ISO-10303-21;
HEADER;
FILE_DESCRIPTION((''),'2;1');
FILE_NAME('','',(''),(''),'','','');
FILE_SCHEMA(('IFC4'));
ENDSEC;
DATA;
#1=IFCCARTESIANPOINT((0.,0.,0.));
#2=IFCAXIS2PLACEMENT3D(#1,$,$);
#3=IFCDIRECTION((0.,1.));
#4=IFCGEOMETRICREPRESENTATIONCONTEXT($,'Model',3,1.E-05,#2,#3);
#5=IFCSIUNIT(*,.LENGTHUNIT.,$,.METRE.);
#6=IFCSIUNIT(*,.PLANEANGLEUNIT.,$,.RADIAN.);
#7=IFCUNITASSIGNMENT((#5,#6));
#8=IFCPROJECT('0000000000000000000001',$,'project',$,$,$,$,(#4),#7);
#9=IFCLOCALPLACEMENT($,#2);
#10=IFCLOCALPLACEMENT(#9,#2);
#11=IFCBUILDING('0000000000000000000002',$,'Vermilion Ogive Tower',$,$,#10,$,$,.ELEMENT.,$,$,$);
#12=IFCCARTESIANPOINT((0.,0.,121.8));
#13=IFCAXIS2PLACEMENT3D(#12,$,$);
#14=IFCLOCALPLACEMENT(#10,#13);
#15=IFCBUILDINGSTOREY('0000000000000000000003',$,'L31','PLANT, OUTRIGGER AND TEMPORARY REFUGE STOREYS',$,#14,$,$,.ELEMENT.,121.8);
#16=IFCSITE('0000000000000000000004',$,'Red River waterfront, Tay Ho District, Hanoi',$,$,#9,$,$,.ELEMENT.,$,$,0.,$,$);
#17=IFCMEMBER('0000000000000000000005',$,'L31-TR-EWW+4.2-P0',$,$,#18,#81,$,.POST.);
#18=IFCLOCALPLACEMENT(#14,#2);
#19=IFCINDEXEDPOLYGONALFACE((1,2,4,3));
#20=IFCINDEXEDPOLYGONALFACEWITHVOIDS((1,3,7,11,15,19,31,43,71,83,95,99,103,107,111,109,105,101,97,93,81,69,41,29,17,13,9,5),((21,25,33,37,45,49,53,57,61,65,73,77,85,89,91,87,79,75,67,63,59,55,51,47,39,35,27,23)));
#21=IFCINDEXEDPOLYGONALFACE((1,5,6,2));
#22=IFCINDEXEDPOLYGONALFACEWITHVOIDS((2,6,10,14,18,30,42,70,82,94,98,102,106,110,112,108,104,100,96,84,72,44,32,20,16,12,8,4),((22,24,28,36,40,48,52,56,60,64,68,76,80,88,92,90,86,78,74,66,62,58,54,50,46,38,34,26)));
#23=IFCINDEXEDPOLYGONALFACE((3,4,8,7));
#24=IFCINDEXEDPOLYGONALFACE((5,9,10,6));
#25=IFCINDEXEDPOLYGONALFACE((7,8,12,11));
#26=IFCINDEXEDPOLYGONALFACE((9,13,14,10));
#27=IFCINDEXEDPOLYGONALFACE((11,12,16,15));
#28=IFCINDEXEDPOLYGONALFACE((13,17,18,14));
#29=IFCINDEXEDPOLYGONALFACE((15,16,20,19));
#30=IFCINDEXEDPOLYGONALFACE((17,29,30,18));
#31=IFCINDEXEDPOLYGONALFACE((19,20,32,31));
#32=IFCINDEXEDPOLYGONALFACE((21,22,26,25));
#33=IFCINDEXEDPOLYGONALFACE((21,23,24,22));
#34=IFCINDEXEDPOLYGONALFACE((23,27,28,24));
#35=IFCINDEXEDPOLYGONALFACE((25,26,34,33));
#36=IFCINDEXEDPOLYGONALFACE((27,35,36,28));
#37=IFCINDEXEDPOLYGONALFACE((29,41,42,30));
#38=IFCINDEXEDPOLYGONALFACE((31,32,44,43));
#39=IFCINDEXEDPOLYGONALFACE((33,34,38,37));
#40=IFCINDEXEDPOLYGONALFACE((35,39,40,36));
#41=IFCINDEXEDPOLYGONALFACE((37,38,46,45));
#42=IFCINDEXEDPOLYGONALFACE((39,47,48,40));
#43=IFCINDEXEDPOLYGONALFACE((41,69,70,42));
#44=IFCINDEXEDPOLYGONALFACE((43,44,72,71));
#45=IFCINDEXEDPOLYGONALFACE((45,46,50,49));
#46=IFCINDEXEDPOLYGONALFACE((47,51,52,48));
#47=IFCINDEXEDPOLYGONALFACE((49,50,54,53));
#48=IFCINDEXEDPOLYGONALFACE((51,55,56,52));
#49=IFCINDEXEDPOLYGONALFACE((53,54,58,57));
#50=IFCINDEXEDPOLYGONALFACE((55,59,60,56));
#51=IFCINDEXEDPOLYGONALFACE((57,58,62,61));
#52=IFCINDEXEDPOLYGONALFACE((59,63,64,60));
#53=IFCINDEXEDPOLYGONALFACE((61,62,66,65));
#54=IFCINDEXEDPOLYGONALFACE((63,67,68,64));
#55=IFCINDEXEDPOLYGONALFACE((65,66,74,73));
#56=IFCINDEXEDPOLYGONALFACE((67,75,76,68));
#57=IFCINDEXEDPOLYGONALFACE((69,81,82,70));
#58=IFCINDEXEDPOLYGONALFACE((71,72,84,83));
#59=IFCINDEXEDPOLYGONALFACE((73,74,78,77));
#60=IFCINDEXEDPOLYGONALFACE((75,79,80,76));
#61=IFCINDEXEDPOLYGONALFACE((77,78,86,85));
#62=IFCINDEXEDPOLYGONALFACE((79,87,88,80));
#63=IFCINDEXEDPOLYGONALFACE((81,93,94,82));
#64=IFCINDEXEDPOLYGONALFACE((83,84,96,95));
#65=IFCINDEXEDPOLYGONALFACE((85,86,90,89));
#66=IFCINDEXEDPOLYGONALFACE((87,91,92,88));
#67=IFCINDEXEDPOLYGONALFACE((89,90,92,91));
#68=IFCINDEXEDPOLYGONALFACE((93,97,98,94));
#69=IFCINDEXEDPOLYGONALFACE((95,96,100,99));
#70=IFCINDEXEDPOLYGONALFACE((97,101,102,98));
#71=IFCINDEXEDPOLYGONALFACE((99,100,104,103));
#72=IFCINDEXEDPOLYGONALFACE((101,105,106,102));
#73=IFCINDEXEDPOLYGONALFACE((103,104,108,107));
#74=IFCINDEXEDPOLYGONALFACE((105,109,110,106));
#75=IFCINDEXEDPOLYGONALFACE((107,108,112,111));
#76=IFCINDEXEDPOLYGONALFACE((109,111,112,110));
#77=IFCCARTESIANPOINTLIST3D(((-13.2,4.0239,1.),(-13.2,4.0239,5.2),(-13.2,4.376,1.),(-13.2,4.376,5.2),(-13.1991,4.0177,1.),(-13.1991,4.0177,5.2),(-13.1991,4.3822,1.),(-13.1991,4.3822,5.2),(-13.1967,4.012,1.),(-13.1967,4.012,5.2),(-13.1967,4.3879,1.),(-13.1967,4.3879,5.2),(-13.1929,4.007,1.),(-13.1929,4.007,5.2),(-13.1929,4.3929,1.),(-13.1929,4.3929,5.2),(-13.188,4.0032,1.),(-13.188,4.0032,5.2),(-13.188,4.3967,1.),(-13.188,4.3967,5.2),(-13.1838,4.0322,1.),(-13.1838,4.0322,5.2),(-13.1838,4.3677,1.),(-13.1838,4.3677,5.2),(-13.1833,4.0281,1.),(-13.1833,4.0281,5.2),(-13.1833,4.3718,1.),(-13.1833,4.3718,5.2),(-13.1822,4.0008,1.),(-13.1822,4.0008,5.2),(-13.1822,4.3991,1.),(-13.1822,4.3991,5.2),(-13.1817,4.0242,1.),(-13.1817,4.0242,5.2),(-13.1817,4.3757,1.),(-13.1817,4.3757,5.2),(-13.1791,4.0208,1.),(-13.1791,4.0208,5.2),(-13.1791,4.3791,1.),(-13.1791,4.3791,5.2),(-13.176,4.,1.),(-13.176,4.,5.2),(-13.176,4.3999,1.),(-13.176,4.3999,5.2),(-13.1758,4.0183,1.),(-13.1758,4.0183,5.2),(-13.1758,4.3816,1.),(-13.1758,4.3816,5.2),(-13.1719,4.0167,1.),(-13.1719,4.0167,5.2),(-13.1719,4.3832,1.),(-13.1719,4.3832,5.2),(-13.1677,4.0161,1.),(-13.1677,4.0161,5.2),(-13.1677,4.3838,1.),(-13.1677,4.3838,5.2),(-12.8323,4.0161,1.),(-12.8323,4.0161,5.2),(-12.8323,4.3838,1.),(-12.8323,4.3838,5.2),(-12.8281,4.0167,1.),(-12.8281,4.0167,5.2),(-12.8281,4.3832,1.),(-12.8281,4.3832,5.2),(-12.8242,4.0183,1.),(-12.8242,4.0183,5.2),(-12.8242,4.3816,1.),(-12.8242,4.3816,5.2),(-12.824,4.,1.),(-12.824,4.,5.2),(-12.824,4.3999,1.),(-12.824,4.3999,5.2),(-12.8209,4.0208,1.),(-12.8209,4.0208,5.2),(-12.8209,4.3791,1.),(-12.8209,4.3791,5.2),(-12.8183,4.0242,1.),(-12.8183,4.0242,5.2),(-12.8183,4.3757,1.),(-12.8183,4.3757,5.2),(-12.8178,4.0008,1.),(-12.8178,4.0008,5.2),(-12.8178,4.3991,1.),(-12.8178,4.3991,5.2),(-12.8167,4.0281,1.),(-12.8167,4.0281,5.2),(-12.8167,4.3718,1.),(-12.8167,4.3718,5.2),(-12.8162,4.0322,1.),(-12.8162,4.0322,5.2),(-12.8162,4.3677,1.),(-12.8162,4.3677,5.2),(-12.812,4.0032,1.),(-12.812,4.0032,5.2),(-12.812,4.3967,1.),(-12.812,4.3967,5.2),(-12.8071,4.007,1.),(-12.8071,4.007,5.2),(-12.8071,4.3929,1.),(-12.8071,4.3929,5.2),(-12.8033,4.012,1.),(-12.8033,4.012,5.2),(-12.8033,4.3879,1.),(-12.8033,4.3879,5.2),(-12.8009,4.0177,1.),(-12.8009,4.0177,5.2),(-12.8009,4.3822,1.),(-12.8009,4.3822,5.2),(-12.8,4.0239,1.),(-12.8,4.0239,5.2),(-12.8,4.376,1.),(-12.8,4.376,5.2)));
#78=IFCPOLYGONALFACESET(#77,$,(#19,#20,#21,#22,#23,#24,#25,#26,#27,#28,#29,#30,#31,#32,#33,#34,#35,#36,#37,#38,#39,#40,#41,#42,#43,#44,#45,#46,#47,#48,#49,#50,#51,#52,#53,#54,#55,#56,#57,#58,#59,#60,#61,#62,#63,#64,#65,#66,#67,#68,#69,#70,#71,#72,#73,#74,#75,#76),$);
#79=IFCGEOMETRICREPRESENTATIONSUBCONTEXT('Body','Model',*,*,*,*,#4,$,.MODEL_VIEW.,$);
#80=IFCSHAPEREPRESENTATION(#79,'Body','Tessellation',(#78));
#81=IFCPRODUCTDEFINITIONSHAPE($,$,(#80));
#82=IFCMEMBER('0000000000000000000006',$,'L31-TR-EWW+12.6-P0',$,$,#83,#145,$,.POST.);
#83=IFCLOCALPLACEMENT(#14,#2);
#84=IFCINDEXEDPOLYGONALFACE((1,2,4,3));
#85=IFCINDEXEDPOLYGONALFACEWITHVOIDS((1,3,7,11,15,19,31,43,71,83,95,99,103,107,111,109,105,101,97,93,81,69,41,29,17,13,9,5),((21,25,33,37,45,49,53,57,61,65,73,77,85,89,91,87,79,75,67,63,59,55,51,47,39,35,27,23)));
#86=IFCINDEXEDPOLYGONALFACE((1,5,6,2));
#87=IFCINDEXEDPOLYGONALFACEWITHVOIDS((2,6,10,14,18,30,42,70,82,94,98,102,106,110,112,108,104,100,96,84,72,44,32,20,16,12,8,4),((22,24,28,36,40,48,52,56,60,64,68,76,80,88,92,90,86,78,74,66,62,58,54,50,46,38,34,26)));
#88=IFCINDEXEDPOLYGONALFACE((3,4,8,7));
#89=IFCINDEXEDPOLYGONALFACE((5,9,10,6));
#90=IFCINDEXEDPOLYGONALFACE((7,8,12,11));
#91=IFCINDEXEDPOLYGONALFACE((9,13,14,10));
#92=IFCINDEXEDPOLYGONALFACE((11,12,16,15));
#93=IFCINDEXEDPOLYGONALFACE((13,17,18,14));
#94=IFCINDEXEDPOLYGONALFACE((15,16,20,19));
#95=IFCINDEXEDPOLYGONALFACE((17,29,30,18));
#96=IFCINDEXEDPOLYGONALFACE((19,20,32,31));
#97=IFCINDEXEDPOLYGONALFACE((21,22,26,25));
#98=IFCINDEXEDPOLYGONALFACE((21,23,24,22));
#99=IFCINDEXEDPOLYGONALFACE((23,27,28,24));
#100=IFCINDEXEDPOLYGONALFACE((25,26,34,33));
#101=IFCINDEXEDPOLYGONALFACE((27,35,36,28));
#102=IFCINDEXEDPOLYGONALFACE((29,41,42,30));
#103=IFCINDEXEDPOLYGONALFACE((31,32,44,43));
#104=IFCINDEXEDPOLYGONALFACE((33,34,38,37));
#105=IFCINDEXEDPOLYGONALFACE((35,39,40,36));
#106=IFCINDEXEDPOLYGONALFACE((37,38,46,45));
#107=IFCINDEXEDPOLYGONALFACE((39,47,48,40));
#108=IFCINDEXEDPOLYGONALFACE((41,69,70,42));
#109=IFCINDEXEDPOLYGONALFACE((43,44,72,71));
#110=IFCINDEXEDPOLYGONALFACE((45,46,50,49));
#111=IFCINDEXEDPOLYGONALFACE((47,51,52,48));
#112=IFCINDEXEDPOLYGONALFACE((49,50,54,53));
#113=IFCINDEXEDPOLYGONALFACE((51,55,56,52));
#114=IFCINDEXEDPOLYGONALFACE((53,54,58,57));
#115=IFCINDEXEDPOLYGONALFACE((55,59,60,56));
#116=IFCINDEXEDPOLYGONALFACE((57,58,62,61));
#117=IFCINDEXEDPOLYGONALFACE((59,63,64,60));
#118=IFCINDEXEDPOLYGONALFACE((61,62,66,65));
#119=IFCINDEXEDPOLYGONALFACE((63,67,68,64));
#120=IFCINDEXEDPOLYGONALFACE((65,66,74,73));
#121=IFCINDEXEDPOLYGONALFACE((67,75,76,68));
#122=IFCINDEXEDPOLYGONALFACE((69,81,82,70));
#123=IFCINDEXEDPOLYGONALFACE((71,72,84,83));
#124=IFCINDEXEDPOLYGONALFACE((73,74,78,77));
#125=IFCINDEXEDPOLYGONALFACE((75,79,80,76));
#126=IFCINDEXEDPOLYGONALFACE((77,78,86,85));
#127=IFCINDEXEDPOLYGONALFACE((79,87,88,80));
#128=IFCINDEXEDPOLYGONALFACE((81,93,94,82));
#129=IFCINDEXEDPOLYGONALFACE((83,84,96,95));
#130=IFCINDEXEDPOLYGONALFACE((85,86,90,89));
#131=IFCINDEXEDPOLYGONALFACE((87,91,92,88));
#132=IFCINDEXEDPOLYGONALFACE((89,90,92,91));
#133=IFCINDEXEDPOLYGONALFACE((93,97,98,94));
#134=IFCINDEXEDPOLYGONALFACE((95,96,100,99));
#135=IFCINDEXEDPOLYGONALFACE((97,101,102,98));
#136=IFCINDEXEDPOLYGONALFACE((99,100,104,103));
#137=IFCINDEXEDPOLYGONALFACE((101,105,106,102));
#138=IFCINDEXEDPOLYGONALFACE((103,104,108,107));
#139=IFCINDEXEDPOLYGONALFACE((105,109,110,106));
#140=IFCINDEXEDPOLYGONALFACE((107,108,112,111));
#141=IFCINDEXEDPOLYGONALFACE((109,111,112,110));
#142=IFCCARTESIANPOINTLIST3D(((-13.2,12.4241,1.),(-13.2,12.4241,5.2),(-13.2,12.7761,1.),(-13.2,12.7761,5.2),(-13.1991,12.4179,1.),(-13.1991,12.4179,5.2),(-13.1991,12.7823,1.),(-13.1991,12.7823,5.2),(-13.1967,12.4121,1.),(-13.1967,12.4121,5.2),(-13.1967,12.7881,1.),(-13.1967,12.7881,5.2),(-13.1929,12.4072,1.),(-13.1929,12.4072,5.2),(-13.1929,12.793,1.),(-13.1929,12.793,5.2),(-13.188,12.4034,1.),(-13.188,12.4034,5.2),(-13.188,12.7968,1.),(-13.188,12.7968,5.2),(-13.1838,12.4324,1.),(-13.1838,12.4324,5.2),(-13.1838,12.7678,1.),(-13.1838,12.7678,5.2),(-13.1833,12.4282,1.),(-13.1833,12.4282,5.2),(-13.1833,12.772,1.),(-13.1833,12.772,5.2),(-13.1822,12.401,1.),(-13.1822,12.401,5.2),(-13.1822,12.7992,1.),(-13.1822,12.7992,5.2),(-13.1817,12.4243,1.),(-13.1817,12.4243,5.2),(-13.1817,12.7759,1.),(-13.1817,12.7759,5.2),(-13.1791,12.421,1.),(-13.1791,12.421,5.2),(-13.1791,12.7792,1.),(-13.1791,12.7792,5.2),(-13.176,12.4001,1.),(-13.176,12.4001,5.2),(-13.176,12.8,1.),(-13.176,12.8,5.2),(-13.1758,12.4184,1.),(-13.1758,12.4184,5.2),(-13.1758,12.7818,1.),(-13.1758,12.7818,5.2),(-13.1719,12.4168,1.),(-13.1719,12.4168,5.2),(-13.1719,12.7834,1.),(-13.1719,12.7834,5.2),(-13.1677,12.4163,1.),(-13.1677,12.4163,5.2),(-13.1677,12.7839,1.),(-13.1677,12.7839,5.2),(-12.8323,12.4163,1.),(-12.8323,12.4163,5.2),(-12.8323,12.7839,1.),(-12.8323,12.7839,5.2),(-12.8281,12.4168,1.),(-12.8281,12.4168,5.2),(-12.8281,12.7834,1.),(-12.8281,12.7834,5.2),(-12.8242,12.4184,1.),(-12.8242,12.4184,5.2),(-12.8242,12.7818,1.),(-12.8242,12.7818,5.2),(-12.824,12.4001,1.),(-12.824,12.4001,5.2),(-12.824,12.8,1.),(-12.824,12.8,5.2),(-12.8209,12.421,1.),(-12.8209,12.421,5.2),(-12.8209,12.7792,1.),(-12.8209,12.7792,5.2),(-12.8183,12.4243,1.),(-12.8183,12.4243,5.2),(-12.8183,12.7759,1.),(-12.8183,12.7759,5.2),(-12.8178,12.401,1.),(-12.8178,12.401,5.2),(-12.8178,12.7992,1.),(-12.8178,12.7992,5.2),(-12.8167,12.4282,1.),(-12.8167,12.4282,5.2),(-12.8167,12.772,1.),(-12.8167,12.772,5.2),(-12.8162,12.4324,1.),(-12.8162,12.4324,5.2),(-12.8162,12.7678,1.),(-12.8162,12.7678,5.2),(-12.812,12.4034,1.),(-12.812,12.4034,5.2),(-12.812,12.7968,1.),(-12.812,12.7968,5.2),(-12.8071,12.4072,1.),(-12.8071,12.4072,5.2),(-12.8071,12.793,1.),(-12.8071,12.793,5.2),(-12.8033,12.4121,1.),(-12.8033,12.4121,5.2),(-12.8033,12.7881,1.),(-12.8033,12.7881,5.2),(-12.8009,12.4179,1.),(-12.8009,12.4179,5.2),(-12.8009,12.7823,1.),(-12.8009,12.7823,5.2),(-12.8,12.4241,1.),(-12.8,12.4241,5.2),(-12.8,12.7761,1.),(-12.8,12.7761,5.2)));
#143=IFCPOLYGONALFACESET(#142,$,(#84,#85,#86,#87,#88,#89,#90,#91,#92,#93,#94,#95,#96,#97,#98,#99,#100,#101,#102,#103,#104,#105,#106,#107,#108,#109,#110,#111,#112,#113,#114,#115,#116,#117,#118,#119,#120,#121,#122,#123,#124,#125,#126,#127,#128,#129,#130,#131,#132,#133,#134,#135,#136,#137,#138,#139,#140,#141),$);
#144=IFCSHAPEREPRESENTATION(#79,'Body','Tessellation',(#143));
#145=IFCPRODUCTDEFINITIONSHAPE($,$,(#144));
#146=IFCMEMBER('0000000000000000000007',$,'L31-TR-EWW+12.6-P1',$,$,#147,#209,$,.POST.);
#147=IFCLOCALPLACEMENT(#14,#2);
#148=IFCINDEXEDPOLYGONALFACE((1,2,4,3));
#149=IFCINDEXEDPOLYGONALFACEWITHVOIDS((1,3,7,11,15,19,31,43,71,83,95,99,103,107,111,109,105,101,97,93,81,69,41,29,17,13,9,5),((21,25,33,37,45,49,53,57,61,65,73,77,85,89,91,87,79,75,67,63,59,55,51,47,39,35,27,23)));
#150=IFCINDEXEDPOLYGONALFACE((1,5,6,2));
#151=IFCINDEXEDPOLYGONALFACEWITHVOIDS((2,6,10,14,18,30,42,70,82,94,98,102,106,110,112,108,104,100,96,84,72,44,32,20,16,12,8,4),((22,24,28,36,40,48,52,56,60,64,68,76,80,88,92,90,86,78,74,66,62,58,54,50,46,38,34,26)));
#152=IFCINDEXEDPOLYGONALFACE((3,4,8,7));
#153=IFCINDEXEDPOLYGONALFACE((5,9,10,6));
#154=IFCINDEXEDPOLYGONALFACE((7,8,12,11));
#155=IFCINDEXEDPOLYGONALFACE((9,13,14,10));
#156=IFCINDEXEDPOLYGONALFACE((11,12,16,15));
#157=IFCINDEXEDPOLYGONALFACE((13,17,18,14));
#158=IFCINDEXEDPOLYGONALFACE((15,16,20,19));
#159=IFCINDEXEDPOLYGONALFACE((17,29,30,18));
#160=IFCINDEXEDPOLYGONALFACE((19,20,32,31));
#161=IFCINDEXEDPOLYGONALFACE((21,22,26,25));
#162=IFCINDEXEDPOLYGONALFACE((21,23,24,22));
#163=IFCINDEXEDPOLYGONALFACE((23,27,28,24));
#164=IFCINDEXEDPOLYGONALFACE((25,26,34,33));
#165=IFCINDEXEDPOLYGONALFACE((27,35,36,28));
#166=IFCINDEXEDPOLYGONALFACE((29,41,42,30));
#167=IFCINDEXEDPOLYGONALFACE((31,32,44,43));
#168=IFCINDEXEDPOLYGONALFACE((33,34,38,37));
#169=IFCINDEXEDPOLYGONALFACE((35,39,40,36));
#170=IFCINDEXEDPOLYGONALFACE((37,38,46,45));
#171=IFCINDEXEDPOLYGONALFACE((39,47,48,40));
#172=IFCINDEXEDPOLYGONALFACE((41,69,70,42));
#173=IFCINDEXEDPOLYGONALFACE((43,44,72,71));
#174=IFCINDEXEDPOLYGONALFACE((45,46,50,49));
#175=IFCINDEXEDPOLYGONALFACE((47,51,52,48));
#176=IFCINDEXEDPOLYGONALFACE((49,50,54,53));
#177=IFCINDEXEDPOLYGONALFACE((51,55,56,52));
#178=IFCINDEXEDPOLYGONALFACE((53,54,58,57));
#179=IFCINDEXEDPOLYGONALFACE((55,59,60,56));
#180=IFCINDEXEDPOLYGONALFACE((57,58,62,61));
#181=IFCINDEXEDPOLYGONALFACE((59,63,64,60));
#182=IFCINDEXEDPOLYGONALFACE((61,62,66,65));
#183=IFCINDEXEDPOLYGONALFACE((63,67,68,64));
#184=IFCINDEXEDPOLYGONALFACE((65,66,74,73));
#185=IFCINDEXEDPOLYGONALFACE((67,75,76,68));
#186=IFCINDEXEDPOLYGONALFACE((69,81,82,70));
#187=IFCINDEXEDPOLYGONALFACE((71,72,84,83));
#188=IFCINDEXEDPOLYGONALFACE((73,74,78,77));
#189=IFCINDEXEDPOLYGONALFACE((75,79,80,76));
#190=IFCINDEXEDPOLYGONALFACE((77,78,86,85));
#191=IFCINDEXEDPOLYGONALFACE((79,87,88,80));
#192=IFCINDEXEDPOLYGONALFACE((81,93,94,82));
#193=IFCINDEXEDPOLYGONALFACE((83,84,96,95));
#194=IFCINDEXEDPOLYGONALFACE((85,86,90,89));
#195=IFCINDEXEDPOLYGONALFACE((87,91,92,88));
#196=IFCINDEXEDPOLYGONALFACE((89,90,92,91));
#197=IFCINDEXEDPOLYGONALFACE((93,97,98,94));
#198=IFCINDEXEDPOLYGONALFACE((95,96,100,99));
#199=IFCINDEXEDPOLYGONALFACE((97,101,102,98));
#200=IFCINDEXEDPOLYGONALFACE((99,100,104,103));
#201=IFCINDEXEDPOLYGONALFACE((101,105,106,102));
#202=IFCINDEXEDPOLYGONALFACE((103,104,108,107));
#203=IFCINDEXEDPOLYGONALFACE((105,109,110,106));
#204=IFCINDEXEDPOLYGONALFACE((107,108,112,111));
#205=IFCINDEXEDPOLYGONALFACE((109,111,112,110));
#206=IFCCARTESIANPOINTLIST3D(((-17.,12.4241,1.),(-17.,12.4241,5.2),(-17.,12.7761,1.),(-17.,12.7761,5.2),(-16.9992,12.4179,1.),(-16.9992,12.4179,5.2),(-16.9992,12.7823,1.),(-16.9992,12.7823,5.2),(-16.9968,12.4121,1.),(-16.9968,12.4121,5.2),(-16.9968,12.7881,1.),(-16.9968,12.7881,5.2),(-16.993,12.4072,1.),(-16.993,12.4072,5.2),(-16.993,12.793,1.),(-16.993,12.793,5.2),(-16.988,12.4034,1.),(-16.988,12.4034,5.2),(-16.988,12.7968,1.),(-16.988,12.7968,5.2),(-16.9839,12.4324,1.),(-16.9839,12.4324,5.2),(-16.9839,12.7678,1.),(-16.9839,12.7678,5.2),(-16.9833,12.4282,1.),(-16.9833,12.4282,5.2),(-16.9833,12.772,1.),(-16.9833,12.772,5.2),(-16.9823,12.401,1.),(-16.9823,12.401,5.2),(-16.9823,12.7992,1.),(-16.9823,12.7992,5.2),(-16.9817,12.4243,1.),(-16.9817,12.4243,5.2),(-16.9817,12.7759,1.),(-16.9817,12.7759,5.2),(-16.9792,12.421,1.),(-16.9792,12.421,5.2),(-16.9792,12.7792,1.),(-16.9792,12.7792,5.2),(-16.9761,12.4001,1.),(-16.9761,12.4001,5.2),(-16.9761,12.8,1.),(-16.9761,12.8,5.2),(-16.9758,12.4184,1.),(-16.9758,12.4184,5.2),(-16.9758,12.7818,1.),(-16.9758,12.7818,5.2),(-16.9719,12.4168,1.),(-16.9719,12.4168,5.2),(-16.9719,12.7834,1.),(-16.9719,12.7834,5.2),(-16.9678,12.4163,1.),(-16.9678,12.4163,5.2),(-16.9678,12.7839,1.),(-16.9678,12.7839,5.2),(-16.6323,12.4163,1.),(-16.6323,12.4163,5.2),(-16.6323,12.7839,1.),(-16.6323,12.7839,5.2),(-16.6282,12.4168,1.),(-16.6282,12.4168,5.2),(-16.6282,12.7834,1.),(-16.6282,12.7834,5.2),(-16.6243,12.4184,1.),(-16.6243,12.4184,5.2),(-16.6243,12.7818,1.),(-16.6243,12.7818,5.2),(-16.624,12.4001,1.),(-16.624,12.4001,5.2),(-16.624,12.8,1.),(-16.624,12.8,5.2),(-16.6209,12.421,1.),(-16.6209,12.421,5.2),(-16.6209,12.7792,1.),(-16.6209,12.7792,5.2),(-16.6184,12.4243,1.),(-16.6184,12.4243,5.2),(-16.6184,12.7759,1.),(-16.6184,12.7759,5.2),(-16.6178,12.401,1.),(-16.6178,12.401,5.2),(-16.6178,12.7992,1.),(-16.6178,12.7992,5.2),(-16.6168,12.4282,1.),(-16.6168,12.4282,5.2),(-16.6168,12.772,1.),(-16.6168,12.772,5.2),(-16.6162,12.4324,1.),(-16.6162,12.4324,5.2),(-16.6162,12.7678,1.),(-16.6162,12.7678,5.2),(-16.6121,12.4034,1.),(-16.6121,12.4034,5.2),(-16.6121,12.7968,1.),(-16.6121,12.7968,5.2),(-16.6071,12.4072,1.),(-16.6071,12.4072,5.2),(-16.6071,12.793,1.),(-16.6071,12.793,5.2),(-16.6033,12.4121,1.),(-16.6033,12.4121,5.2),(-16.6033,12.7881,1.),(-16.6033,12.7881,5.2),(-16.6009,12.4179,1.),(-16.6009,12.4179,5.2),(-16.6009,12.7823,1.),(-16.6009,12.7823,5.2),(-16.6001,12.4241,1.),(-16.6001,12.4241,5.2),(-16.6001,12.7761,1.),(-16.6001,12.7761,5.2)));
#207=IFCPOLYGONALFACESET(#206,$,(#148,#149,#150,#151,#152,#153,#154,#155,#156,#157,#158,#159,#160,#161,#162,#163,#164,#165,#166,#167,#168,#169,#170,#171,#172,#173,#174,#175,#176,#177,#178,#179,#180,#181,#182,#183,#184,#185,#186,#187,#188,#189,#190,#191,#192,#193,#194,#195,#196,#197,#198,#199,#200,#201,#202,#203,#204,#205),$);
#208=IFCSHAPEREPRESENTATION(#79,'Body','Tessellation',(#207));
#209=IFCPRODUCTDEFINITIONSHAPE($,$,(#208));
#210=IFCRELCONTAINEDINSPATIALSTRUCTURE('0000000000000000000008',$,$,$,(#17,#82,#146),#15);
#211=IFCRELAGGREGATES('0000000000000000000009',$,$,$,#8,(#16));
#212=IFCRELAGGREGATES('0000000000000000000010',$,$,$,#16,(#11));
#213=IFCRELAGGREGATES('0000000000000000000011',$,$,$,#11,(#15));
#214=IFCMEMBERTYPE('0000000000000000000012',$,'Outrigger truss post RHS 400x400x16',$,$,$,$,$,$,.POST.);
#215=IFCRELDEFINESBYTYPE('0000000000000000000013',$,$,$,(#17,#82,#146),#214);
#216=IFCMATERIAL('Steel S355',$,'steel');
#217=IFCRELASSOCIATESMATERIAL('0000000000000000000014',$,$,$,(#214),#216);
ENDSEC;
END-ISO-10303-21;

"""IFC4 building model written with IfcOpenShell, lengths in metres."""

from ifc_helpers import new_model, si_unit, direction, frame, origin, origin_2d, place, context, subcontext, project, spatial, hollow_rectangle, extrude, material, material_profile, profile_set, type_object, element, save


model = new_model("IFC4")

# Units and contexts
model_context = context("Model", 3, precision=1e-05, world=origin(), true_north=direction((0.0, 1.0)))
body_context = subcontext(model_context, "Body", "Model", "MODEL_VIEW")
ifc_project = project(units=[si_unit("LENGTHUNIT", "METRE"), si_unit("PLANEANGLEUNIT", "RADIAN")], contexts=[model_context])

# Site, building, storey
site_placement = place(None, origin())
site = spatial("IfcSite", under=ifc_project, at=site_placement, Name="Red River waterfront, Tay Ho District, Hanoi", CompositionType="ELEMENT", RefElevation=0.0)
building_placement = place(site_placement, origin())
building = spatial("IfcBuilding", under=site, at=building_placement, Name="Vermilion Ogive Tower", CompositionType="ELEMENT")
storey_placement = place(building_placement, frame((0.0, 0.0, 121.8)))
storey = spatial("IfcBuildingStorey", under=building, at=storey_placement, Name="L31", Description="PLANT, OUTRIGGER AND TEMPORARY REFUGE STOREYS", CompositionType="ELEMENT", Elevation=121.8)

# Members
ifc_material_1 = material(Name="Steel S355", Category="steel")
ifc_material_profile_1 = material_profile(ifc_material_1, hollow_rectangle(XDim=0.3999, YDim=0.3999, WallThickness=0.0161, InnerFilletRadius=0.0161, OuterFilletRadius=0.0239, at=origin_2d()), Name="RHS 400x400x16")
ifc_profile_set_1 = profile_set([ifc_material_profile_1], Name="Steel S355")
member_type_1 = type_object("IfcMemberType", Name="Outrigger truss post RHS 400x400x16", PredefinedType="POST", material=ifc_profile_set_1)
for number, where, z_axis, x_axis, name in (
    (1, (-13.0, 4.2, 1.0), (0.0, 0.0, 1.0), (1.0, 0.0, 0.0), "L31-TR-EWW+4.2-P0"),
    (2, (-13.0, 12.6001, 1.0), (0.0, 0.0, 1.0), (1.0, 0.0, 0.0), "L31-TR-EWW+12.6-P0"),
    (3, (-16.8, 12.6001, 1.0), (0.0, 0.0, 1.0), (1.0, 0.0, 0.0), "L31-TR-EWW+12.6-P1"),
):
    element("IfcMember", number, at=place(storey_placement, frame(where, z_axis=z_axis, x_axis=x_axis)), inside=storey, type_object=member_type_1, Name=name, PredefinedType="POST", context=body_context, shape_type="SweptSolid", body=[
        extrude(hollow_rectangle(XDim=0.3999, YDim=0.3999, WallThickness=0.0161, InnerFilletRadius=0.0161, OuterFilletRadius=0.0239, at=origin_2d()), origin(), (0.0, 0.0, 1.0), 4.2),
    ])

save(model, "model.ifc")
